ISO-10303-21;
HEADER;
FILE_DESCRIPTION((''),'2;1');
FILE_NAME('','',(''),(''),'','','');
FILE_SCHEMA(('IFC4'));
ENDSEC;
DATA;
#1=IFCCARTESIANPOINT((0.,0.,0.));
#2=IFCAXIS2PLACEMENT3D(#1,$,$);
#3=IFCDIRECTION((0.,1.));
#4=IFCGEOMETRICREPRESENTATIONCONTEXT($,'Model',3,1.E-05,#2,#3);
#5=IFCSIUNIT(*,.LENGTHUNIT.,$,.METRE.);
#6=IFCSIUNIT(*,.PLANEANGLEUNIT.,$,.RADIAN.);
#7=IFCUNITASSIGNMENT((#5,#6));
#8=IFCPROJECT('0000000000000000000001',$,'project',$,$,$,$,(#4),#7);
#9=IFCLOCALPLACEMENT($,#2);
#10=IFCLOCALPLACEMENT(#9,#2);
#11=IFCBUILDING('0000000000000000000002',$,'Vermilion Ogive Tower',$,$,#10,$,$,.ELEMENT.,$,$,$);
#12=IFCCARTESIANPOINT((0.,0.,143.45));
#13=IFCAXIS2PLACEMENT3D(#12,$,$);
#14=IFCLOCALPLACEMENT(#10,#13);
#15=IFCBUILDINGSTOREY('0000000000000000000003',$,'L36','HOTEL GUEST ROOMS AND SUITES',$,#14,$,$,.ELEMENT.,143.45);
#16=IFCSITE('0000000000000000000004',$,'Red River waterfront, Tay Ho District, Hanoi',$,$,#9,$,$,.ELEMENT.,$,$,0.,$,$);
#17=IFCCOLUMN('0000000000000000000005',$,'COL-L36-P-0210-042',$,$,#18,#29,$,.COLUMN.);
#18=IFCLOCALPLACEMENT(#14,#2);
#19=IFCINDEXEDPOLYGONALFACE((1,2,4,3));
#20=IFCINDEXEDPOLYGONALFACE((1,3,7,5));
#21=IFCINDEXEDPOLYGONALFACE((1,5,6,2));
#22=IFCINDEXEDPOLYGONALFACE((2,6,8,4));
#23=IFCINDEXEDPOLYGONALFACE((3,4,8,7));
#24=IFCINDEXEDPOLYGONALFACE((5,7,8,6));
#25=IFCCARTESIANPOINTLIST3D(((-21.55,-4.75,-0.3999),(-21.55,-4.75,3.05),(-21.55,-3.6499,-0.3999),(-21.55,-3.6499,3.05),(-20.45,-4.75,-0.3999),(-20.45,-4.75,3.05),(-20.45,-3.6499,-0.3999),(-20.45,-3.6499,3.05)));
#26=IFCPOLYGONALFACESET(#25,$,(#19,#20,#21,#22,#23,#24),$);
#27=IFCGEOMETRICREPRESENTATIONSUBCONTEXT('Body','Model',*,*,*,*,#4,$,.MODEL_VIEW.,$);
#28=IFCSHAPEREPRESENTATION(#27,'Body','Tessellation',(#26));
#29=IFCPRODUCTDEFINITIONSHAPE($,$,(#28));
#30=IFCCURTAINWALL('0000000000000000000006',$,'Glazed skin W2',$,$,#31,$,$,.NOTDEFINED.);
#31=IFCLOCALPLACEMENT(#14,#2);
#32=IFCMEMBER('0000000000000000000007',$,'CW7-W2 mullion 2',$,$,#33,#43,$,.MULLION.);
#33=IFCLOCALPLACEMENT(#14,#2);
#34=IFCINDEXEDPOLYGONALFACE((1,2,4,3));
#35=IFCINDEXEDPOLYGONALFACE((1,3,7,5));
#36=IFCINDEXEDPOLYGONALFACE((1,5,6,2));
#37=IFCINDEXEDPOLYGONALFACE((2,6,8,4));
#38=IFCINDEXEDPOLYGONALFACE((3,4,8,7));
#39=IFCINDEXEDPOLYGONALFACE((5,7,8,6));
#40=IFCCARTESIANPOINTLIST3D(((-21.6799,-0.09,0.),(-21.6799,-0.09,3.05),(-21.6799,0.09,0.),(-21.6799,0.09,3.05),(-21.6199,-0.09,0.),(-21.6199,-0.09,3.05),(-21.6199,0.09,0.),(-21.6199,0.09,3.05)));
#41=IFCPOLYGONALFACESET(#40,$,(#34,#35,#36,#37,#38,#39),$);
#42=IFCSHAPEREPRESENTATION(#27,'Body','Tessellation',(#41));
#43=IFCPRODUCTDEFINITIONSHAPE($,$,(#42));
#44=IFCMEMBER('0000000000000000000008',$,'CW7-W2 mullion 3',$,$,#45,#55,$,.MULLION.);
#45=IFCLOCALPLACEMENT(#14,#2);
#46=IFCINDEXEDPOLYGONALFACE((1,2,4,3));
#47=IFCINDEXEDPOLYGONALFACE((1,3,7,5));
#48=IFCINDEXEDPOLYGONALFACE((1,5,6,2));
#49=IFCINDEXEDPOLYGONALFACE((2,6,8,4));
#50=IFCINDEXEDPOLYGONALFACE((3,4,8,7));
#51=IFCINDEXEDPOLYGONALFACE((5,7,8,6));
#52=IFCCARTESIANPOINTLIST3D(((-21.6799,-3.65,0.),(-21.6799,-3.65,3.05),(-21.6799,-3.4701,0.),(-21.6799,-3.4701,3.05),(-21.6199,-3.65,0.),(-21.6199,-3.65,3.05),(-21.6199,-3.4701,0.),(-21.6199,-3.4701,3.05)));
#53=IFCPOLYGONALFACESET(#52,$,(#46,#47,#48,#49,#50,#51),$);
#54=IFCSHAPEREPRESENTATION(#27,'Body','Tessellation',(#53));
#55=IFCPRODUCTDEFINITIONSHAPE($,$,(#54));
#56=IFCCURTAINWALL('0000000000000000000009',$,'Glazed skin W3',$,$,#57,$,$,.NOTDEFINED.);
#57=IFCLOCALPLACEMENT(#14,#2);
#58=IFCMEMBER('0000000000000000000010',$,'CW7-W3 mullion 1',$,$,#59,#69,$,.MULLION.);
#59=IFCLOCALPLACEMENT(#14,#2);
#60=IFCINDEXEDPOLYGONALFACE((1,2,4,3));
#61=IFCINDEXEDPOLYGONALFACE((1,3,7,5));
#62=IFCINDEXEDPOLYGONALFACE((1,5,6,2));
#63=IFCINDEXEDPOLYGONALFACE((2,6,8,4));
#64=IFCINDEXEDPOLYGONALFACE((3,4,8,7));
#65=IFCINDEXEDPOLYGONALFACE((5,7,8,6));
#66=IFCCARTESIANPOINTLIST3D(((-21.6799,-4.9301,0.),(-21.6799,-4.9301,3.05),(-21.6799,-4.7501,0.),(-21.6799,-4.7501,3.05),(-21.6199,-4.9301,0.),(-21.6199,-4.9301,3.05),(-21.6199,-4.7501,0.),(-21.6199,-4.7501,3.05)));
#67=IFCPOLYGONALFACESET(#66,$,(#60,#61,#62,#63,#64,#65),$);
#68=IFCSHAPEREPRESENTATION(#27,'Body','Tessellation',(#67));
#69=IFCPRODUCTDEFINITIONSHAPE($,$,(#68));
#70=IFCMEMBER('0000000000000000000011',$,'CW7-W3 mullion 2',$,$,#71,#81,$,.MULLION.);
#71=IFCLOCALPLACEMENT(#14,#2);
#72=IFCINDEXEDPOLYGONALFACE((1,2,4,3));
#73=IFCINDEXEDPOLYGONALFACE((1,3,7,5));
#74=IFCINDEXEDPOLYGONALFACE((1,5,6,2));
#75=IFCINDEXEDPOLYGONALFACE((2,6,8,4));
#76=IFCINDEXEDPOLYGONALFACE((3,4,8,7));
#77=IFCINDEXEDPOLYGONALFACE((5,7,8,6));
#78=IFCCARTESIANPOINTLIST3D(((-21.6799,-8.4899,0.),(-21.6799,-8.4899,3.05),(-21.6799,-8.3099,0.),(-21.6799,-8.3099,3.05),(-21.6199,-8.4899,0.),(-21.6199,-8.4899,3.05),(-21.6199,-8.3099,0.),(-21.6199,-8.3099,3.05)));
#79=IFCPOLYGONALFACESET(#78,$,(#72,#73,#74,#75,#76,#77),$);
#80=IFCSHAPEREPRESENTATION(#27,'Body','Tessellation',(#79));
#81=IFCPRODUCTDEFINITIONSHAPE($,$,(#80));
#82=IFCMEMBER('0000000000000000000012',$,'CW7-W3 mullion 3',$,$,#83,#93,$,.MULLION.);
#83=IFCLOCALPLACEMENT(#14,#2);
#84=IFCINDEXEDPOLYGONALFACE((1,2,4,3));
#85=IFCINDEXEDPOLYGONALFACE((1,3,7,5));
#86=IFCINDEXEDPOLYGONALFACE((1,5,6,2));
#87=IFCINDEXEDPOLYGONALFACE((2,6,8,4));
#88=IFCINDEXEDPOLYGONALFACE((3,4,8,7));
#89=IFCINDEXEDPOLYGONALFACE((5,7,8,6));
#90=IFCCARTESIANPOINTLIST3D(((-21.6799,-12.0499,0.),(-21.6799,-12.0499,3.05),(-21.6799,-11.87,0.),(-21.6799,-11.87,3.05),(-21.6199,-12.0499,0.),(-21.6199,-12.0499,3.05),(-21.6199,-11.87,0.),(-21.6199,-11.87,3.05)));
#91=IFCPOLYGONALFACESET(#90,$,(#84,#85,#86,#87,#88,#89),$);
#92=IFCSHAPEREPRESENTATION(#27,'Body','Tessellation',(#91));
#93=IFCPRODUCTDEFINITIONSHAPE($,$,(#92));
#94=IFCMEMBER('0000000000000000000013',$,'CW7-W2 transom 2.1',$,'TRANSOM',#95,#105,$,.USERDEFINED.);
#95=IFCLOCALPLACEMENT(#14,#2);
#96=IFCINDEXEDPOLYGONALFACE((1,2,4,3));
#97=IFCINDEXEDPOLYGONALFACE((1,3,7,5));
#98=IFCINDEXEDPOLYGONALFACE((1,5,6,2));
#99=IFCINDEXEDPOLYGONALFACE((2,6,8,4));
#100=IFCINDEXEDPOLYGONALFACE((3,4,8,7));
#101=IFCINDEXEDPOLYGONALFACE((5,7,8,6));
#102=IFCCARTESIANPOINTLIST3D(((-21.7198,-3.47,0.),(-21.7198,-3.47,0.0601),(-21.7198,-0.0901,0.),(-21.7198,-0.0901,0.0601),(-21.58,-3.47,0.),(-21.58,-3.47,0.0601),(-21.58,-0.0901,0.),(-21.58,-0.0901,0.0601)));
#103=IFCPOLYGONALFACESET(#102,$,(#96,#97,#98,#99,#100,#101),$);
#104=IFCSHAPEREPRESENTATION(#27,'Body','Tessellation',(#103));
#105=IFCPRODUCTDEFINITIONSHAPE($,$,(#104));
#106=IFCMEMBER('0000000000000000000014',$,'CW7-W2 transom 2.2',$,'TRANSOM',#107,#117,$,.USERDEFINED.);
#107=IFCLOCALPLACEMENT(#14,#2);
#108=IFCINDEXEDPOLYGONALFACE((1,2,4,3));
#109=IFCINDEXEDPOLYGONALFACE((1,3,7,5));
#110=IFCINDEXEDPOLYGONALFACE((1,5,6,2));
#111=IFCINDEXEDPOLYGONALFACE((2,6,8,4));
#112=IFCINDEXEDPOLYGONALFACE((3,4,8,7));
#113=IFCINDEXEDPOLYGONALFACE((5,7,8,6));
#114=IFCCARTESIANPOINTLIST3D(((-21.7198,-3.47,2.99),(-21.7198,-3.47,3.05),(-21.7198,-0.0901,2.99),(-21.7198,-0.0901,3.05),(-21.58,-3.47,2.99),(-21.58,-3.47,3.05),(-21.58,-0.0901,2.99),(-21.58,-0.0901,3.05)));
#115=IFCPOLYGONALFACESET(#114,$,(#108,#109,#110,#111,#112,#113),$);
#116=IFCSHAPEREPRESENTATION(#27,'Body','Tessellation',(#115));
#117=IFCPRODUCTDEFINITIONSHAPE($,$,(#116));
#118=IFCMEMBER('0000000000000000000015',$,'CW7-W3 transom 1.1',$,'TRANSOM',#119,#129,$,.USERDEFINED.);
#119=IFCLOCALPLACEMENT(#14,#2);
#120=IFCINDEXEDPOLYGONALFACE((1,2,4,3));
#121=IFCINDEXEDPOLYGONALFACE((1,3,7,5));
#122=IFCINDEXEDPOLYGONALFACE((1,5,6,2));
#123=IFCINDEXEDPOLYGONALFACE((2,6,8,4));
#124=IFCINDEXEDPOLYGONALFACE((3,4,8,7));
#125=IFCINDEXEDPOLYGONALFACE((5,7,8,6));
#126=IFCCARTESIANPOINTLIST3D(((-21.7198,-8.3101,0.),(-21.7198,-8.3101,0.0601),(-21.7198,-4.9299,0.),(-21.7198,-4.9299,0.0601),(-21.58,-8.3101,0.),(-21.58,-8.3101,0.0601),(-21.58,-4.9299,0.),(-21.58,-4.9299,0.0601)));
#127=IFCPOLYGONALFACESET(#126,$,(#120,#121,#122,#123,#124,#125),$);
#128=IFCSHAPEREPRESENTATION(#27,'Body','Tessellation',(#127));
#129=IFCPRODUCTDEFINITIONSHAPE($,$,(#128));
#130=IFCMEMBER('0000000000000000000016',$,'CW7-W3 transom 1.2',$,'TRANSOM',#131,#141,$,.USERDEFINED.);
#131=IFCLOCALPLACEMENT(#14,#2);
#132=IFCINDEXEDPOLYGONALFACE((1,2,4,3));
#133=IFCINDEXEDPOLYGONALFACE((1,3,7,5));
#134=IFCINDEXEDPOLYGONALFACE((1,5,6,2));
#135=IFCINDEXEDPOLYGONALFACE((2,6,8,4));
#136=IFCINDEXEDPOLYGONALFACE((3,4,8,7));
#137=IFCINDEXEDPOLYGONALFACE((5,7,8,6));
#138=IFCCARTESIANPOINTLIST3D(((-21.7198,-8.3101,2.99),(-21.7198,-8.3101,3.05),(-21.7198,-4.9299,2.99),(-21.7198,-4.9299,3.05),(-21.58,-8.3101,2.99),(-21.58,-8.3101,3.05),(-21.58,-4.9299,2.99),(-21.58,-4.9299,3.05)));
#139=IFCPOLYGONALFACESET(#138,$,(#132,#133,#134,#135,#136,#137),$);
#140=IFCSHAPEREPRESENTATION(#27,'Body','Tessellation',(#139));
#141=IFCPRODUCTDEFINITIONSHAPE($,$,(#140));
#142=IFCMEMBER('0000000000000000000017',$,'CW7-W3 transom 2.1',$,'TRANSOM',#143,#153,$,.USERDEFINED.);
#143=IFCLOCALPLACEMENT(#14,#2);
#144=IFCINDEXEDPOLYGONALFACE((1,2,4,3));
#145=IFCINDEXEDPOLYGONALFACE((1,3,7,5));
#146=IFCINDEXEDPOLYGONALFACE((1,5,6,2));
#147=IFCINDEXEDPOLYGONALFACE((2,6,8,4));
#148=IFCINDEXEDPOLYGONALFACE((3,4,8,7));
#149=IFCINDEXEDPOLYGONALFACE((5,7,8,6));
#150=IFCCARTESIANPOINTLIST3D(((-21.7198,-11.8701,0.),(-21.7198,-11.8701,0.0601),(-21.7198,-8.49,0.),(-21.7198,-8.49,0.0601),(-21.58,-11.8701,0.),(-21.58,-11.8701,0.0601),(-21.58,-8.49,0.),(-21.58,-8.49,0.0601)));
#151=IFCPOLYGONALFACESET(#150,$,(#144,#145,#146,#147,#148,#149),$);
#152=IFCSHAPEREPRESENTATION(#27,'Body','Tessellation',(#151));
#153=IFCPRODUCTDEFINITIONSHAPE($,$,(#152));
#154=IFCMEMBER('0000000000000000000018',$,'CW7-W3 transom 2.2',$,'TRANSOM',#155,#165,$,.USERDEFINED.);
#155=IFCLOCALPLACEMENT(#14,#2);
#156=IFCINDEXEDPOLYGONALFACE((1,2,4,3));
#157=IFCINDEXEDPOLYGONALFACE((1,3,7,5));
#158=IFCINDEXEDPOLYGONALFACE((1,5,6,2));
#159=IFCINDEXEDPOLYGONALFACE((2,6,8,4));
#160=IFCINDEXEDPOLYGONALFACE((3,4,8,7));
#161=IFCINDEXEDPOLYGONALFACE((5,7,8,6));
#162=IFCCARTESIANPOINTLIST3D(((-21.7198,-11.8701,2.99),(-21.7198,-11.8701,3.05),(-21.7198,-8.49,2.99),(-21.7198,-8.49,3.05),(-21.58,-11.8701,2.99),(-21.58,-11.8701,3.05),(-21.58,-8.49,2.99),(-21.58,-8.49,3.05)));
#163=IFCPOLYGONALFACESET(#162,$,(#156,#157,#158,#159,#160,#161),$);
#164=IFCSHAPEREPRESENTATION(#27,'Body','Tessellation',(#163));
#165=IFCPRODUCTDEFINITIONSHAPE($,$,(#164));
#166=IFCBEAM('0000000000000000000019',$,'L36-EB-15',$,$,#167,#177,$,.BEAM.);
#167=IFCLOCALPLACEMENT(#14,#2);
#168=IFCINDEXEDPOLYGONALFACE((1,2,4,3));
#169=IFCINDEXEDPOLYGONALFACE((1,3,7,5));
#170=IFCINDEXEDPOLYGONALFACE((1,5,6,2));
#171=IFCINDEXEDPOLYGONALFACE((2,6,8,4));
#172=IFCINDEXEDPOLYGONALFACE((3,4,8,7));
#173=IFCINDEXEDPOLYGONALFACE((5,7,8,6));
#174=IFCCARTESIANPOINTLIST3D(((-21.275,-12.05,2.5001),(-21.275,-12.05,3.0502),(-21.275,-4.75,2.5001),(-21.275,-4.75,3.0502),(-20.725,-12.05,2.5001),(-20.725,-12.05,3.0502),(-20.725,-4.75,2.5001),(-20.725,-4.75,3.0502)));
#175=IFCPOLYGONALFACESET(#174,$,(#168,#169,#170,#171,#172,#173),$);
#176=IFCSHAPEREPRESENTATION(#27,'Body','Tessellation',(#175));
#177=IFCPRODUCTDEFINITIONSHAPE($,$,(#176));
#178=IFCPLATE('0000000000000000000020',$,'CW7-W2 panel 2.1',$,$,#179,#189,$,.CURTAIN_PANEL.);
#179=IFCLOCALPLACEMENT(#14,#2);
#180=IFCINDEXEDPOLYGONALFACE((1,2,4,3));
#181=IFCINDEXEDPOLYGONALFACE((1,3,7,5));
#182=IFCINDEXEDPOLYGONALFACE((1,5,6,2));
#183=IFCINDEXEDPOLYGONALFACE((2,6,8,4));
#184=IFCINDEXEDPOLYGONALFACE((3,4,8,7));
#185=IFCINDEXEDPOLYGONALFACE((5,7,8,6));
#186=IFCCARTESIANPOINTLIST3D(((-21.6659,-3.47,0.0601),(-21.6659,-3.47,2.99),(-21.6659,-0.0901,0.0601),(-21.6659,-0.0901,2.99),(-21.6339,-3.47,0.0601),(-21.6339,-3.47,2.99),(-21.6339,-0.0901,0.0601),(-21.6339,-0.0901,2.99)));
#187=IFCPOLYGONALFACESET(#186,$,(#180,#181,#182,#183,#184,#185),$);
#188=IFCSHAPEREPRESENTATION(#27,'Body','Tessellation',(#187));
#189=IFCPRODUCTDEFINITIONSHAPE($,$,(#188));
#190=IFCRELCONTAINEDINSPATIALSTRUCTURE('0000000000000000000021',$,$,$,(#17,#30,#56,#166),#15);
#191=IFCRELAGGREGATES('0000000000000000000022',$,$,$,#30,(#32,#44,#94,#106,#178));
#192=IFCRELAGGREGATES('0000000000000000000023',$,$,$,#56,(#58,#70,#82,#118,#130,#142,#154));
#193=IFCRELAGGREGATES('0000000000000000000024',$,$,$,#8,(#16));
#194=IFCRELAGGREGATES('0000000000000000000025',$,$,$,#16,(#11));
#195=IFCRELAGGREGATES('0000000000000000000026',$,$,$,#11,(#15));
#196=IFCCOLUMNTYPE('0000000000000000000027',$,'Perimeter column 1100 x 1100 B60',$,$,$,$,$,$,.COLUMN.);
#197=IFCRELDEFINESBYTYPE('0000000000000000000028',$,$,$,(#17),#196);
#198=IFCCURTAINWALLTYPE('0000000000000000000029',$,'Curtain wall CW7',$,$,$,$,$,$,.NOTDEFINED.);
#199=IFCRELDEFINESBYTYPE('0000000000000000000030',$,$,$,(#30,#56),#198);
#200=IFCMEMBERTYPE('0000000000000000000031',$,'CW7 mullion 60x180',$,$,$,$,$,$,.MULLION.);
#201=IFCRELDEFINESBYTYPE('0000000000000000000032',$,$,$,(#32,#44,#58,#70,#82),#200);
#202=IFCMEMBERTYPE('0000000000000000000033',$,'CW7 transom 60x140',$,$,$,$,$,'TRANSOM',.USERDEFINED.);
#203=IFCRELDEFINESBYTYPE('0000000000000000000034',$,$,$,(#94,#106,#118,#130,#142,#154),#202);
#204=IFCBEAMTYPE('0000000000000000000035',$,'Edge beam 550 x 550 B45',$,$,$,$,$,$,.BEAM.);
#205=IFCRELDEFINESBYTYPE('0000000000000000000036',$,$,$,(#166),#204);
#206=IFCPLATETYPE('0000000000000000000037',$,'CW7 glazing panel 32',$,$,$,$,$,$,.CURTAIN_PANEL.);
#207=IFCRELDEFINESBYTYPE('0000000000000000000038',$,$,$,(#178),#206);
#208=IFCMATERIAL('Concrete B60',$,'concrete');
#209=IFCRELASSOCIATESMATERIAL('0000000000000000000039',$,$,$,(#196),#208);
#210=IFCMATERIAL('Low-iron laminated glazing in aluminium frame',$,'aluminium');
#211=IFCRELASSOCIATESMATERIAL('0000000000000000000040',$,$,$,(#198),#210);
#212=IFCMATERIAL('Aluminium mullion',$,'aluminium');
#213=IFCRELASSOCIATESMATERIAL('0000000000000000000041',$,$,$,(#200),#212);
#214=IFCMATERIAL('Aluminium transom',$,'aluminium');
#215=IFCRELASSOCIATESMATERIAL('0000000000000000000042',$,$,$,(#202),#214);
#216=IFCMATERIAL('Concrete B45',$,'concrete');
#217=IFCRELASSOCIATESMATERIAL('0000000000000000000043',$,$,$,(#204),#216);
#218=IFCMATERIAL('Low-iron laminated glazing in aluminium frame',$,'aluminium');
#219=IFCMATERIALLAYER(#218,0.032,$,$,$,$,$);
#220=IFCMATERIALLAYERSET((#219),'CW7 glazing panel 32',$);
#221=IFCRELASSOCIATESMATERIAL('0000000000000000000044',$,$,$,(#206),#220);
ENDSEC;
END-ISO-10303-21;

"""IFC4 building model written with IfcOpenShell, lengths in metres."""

from ifc_helpers import new_model, si_unit, direction, frame, origin, origin_2d, place, context, subcontext, project, spatial, rectangle, extrude, material, layer, layer_set, material_profile, profile_set, type_object, element, aggregate, save


model = new_model("IFC4")

# Units and contexts
model_context = context("Model", 3, precision=1e-05, world=origin(), true_north=direction((0.0, 1.0)))
body_context = subcontext(model_context, "Body", "Model", "MODEL_VIEW")
ifc_project = project(units=[si_unit("LENGTHUNIT", "METRE"), si_unit("PLANEANGLEUNIT", "RADIAN")], contexts=[model_context])

# Site, building, storey
site_placement = place(None, origin())
site = spatial("IfcSite", under=ifc_project, at=site_placement, Name="Red River waterfront, Tay Ho District, Hanoi", CompositionType="ELEMENT", RefElevation=0.0)
building_placement = place(site_placement, origin())
building = spatial("IfcBuilding", under=site, at=building_placement, Name="Vermilion Ogive Tower", CompositionType="ELEMENT")
storey_placement = place(building_placement, frame((0.0, 0.0, 143.45)))
storey = spatial("IfcBuildingStorey", under=building, at=storey_placement, Name="L36", Description="HOTEL GUEST ROOMS AND SUITES", CompositionType="ELEMENT", Elevation=143.45)

# Column
ifc_material_1 = material(Name="Concrete B60", Category="concrete")
ifc_material_profile_1 = material_profile(ifc_material_1, rectangle(XDim=1.1001, YDim=1.1001, at=origin_2d()), Name="1100 x 1100")
ifc_profile_set_1 = profile_set([ifc_material_profile_1], Name="Concrete B60")
column_type = type_object("IfcColumnType", Name="Perimeter column 1100 x 1100 B60", PredefinedType="COLUMN", material=ifc_profile_set_1)
column_placement = place(storey_placement, frame((-21.0, -4.2, -0.3999), z_axis=(0.0, 0.0, 1.0), x_axis=(1.0, 0.0, 0.0)))
element("IfcColumn", 1, at=column_placement, inside=storey, type_object=column_type, Name="COL-L36-P-0210-042", PredefinedType="COLUMN", context=body_context, shape_type="SweptSolid", body=[
    extrude(rectangle(XDim=1.1001, YDim=1.1001, at=origin_2d()), origin(), (0.0, 0.0, 1.0), 3.45),
])

# Curtain walls, members
ifc_material_2 = material(Name="Low-iron laminated glazing in aluminium frame", Category="aluminium")
curtain_wall_type = type_object("IfcCurtainWallType", Name="Curtain wall CW7", PredefinedType="NOTDEFINED", material=ifc_material_2)
curtain_wall_1_placement = place(storey_placement, origin())
curtain_wall_1 = element("IfcCurtainWall", 2, at=curtain_wall_1_placement, inside=storey, type_object=curtain_wall_type, Name="Glazed skin W2", PredefinedType="NOTDEFINED")
ifc_material_3 = material(Name="Aluminium mullion", Category="aluminium")
ifc_material_profile_2 = material_profile(ifc_material_3, rectangle(XDim=0.0601, YDim=0.1799, at=origin_2d()), Name="AL 60x180")
ifc_profile_set_2 = profile_set([ifc_material_profile_2], Name="Aluminium mullion")
member_type_1 = type_object("IfcMemberType", Name="CW7 mullion 60x180", PredefinedType="MULLION", material=ifc_profile_set_2)
member_1_placement = place(storey_placement, frame((-21.6499, 0.0, 0.0), z_axis=(0.0, 0.0, 1.0), x_axis=(1.0, 0.0, 0.0)))
member_1 = element("IfcMember", 3, at=member_1_placement, type_object=member_type_1, Name="CW7-W2 mullion 2", PredefinedType="MULLION", context=body_context, shape_type="SweptSolid", body=[
    extrude(rectangle(XDim=0.0601, YDim=0.1799, at=origin_2d()), origin(), (0.0, 0.0, 1.0), 3.05),
])
member_2_placement = place(storey_placement, frame((-21.6499, -3.5601, 0.0), z_axis=(0.0, 0.0, 1.0), x_axis=(1.0, 0.0, 0.0)))
member_2 = element("IfcMember", 4, at=member_2_placement, type_object=member_type_1, Name="CW7-W2 mullion 3", PredefinedType="MULLION", context=body_context, shape_type="SweptSolid", body=[
    extrude(rectangle(XDim=0.0601, YDim=0.1799, at=origin_2d()), origin(), (0.0, 0.0, 1.0), 3.05),
])
curtain_wall_2_placement = place(storey_placement, origin())
curtain_wall_2 = element("IfcCurtainWall", 5, at=curtain_wall_2_placement, inside=storey, type_object=curtain_wall_type, Name="Glazed skin W3", PredefinedType="NOTDEFINED")
member_3_placement = place(storey_placement, frame((-21.6499, -4.8401, 0.0), z_axis=(0.0, 0.0, 1.0), x_axis=(1.0, 0.0, 0.0)))
member_3 = element("IfcMember", 6, at=member_3_placement, type_object=member_type_1, Name="CW7-W3 mullion 1", PredefinedType="MULLION", context=body_context, shape_type="SweptSolid", body=[
    extrude(rectangle(XDim=0.0601, YDim=0.1799, at=origin_2d()), origin(), (0.0, 0.0, 1.0), 3.05),
])
member_4_placement = place(storey_placement, frame((-21.6499, -8.3999, 0.0), z_axis=(0.0, 0.0, 1.0), x_axis=(1.0, 0.0, 0.0)))
member_4 = element("IfcMember", 7, at=member_4_placement, type_object=member_type_1, Name="CW7-W3 mullion 2", PredefinedType="MULLION", context=body_context, shape_type="SweptSolid", body=[
    extrude(rectangle(XDim=0.0601, YDim=0.1799, at=origin_2d()), origin(), (0.0, 0.0, 1.0), 3.05),
])
member_5_placement = place(storey_placement, frame((-21.6499, -11.96, 0.0), z_axis=(0.0, 0.0, 1.0), x_axis=(1.0, 0.0, 0.0)))
member_5 = element("IfcMember", 8, at=member_5_placement, type_object=member_type_1, Name="CW7-W3 mullion 3", PredefinedType="MULLION", context=body_context, shape_type="SweptSolid", body=[
    extrude(rectangle(XDim=0.0601, YDim=0.1799, at=origin_2d()), origin(), (0.0, 0.0, 1.0), 3.05),
])

# Members
ifc_material_4 = material(Name="Aluminium transom", Category="aluminium")
ifc_material_profile_3 = material_profile(ifc_material_4, rectangle(XDim=0.1399, YDim=0.0601, at=origin_2d()), Name="AL 60x140")
ifc_profile_set_3 = profile_set([ifc_material_profile_3], Name="Aluminium transom")
member_type_2 = type_object("IfcMemberType", Name="CW7 transom 60x140", ElementType="TRANSOM", PredefinedType="USERDEFINED", material=ifc_profile_set_3)
member_6_placement = place(storey_placement, frame((-21.6499, -0.0901, 0.03), z_axis=(0.0, -1.0, 0.0), x_axis=(1.0, 0.0, 0.0)))
member_6 = element("IfcMember", 9, at=member_6_placement, type_object=member_type_2, Name="CW7-W2 transom 2.1", ObjectType="TRANSOM", PredefinedType="USERDEFINED", context=body_context, shape_type="SweptSolid", body=[
    extrude(rectangle(XDim=0.1399, YDim=0.0601, at=origin_2d()), origin(), (0.0, 0.0, 1.0), 3.3799),
])
member_7_placement = place(storey_placement, frame((-21.6499, -0.0901, 3.02), z_axis=(0.0, -1.0, 0.0), x_axis=(1.0, 0.0, 0.0)))
member_7 = element("IfcMember", 10, at=member_7_placement, type_object=member_type_2, Name="CW7-W2 transom 2.2", ObjectType="TRANSOM", PredefinedType="USERDEFINED", context=body_context, shape_type="SweptSolid", body=[
    extrude(rectangle(XDim=0.1399, YDim=0.0601, at=origin_2d()), origin(), (0.0, 0.0, 1.0), 3.3799),
])
member_8_placement = place(storey_placement, frame((-21.6499, -4.9299, 0.03), z_axis=(0.0, -1.0, 0.0), x_axis=(1.0, 0.0, 0.0)))
member_8 = element("IfcMember", 11, at=member_8_placement, type_object=member_type_2, Name="CW7-W3 transom 1.1", ObjectType="TRANSOM", PredefinedType="USERDEFINED", context=body_context, shape_type="SweptSolid", body=[
    extrude(rectangle(XDim=0.1399, YDim=0.0601, at=origin_2d()), origin(), (0.0, 0.0, 1.0), 3.3801),
])
member_9_placement = place(storey_placement, frame((-21.6499, -4.9299, 3.02), z_axis=(0.0, -1.0, 0.0), x_axis=(1.0, 0.0, 0.0)))
member_9 = element("IfcMember", 12, at=member_9_placement, type_object=member_type_2, Name="CW7-W3 transom 1.2", ObjectType="TRANSOM", PredefinedType="USERDEFINED", context=body_context, shape_type="SweptSolid", body=[
    extrude(rectangle(XDim=0.1399, YDim=0.0601, at=origin_2d()), origin(), (0.0, 0.0, 1.0), 3.3801),
])
member_10_placement = place(storey_placement, frame((-21.6499, -8.49, 0.03), z_axis=(0.0, -1.0, 0.0), x_axis=(1.0, 0.0, 0.0)))
member_10 = element("IfcMember", 13, at=member_10_placement, type_object=member_type_2, Name="CW7-W3 transom 2.1", ObjectType="TRANSOM", PredefinedType="USERDEFINED", context=body_context, shape_type="SweptSolid", body=[
    extrude(rectangle(XDim=0.1399, YDim=0.0601, at=origin_2d()), origin(), (0.0, 0.0, 1.0), 3.3801),
])
member_11_placement = place(storey_placement, frame((-21.6499, -8.49, 3.02), z_axis=(0.0, -1.0, 0.0), x_axis=(1.0, 0.0, 0.0)))
member_11 = element("IfcMember", 14, at=member_11_placement, type_object=member_type_2, Name="CW7-W3 transom 2.2", ObjectType="TRANSOM", PredefinedType="USERDEFINED", context=body_context, shape_type="SweptSolid", body=[
    extrude(rectangle(XDim=0.1399, YDim=0.0601, at=origin_2d()), origin(), (0.0, 0.0, 1.0), 3.3801),
])

# Beam
ifc_material_5 = material(Name="Concrete B45", Category="concrete")
ifc_material_profile_4 = material_profile(ifc_material_5, rectangle(XDim=0.55, YDim=0.55, at=origin_2d()), Name="550 x 550")
ifc_profile_set_4 = profile_set([ifc_material_profile_4], Name="Concrete B45")
beam_type = type_object("IfcBeamType", Name="Edge beam 550 x 550 B45", PredefinedType="BEAM", material=ifc_profile_set_4)
beam_placement = place(storey_placement, frame((-21.0, -4.75, 2.7751), z_axis=(0.0, -1.0, 0.0), x_axis=(1.0, 0.0, 0.0)))
element("IfcBeam", 15, at=beam_placement, inside=storey, type_object=beam_type, Name="L36-EB-15", PredefinedType="BEAM", context=body_context, shape_type="SweptSolid", body=[
    extrude(rectangle(XDim=0.55, YDim=0.55, at=origin_2d()), origin(), (0.0, 0.0, 1.0), 7.3),
])

# Plate
ifc_material_6 = material(Name="Low-iron laminated glazing in aluminium frame", Category="aluminium")
ifc_layer_1 = layer(ifc_material_6, 0.032)
ifc_layer_set_1 = layer_set([ifc_layer_1], Name="CW7 glazing panel 32")
plate_type = type_object("IfcPlateType", Name="CW7 glazing panel 32", PredefinedType="CURTAIN_PANEL", material=ifc_layer_set_1)
plate_1_placement = place(storey_placement, frame((-21.6499, -1.78, 0.0601), z_axis=(0.0, 0.0, 1.0), x_axis=(0.0, -1.0, 0.0)))
plate_1 = element("IfcPlate", 16, at=plate_1_placement, type_object=plate_type, Name="CW7-W2 panel 2.1", PredefinedType="CURTAIN_PANEL", context=body_context, shape_type="SweptSolid", body=[
    extrude(rectangle(XDim=3.3799, YDim=0.032, at=origin_2d()), origin(), (0.0, 0.0, 1.0), 2.9299),
])
aggregate(curtain_wall_1, [member_1, member_2, member_6, member_7, plate_1])
aggregate(curtain_wall_2, [member_3, member_4, member_5, member_8, member_9, member_10, member_11])

save(model, "model.ifc")
